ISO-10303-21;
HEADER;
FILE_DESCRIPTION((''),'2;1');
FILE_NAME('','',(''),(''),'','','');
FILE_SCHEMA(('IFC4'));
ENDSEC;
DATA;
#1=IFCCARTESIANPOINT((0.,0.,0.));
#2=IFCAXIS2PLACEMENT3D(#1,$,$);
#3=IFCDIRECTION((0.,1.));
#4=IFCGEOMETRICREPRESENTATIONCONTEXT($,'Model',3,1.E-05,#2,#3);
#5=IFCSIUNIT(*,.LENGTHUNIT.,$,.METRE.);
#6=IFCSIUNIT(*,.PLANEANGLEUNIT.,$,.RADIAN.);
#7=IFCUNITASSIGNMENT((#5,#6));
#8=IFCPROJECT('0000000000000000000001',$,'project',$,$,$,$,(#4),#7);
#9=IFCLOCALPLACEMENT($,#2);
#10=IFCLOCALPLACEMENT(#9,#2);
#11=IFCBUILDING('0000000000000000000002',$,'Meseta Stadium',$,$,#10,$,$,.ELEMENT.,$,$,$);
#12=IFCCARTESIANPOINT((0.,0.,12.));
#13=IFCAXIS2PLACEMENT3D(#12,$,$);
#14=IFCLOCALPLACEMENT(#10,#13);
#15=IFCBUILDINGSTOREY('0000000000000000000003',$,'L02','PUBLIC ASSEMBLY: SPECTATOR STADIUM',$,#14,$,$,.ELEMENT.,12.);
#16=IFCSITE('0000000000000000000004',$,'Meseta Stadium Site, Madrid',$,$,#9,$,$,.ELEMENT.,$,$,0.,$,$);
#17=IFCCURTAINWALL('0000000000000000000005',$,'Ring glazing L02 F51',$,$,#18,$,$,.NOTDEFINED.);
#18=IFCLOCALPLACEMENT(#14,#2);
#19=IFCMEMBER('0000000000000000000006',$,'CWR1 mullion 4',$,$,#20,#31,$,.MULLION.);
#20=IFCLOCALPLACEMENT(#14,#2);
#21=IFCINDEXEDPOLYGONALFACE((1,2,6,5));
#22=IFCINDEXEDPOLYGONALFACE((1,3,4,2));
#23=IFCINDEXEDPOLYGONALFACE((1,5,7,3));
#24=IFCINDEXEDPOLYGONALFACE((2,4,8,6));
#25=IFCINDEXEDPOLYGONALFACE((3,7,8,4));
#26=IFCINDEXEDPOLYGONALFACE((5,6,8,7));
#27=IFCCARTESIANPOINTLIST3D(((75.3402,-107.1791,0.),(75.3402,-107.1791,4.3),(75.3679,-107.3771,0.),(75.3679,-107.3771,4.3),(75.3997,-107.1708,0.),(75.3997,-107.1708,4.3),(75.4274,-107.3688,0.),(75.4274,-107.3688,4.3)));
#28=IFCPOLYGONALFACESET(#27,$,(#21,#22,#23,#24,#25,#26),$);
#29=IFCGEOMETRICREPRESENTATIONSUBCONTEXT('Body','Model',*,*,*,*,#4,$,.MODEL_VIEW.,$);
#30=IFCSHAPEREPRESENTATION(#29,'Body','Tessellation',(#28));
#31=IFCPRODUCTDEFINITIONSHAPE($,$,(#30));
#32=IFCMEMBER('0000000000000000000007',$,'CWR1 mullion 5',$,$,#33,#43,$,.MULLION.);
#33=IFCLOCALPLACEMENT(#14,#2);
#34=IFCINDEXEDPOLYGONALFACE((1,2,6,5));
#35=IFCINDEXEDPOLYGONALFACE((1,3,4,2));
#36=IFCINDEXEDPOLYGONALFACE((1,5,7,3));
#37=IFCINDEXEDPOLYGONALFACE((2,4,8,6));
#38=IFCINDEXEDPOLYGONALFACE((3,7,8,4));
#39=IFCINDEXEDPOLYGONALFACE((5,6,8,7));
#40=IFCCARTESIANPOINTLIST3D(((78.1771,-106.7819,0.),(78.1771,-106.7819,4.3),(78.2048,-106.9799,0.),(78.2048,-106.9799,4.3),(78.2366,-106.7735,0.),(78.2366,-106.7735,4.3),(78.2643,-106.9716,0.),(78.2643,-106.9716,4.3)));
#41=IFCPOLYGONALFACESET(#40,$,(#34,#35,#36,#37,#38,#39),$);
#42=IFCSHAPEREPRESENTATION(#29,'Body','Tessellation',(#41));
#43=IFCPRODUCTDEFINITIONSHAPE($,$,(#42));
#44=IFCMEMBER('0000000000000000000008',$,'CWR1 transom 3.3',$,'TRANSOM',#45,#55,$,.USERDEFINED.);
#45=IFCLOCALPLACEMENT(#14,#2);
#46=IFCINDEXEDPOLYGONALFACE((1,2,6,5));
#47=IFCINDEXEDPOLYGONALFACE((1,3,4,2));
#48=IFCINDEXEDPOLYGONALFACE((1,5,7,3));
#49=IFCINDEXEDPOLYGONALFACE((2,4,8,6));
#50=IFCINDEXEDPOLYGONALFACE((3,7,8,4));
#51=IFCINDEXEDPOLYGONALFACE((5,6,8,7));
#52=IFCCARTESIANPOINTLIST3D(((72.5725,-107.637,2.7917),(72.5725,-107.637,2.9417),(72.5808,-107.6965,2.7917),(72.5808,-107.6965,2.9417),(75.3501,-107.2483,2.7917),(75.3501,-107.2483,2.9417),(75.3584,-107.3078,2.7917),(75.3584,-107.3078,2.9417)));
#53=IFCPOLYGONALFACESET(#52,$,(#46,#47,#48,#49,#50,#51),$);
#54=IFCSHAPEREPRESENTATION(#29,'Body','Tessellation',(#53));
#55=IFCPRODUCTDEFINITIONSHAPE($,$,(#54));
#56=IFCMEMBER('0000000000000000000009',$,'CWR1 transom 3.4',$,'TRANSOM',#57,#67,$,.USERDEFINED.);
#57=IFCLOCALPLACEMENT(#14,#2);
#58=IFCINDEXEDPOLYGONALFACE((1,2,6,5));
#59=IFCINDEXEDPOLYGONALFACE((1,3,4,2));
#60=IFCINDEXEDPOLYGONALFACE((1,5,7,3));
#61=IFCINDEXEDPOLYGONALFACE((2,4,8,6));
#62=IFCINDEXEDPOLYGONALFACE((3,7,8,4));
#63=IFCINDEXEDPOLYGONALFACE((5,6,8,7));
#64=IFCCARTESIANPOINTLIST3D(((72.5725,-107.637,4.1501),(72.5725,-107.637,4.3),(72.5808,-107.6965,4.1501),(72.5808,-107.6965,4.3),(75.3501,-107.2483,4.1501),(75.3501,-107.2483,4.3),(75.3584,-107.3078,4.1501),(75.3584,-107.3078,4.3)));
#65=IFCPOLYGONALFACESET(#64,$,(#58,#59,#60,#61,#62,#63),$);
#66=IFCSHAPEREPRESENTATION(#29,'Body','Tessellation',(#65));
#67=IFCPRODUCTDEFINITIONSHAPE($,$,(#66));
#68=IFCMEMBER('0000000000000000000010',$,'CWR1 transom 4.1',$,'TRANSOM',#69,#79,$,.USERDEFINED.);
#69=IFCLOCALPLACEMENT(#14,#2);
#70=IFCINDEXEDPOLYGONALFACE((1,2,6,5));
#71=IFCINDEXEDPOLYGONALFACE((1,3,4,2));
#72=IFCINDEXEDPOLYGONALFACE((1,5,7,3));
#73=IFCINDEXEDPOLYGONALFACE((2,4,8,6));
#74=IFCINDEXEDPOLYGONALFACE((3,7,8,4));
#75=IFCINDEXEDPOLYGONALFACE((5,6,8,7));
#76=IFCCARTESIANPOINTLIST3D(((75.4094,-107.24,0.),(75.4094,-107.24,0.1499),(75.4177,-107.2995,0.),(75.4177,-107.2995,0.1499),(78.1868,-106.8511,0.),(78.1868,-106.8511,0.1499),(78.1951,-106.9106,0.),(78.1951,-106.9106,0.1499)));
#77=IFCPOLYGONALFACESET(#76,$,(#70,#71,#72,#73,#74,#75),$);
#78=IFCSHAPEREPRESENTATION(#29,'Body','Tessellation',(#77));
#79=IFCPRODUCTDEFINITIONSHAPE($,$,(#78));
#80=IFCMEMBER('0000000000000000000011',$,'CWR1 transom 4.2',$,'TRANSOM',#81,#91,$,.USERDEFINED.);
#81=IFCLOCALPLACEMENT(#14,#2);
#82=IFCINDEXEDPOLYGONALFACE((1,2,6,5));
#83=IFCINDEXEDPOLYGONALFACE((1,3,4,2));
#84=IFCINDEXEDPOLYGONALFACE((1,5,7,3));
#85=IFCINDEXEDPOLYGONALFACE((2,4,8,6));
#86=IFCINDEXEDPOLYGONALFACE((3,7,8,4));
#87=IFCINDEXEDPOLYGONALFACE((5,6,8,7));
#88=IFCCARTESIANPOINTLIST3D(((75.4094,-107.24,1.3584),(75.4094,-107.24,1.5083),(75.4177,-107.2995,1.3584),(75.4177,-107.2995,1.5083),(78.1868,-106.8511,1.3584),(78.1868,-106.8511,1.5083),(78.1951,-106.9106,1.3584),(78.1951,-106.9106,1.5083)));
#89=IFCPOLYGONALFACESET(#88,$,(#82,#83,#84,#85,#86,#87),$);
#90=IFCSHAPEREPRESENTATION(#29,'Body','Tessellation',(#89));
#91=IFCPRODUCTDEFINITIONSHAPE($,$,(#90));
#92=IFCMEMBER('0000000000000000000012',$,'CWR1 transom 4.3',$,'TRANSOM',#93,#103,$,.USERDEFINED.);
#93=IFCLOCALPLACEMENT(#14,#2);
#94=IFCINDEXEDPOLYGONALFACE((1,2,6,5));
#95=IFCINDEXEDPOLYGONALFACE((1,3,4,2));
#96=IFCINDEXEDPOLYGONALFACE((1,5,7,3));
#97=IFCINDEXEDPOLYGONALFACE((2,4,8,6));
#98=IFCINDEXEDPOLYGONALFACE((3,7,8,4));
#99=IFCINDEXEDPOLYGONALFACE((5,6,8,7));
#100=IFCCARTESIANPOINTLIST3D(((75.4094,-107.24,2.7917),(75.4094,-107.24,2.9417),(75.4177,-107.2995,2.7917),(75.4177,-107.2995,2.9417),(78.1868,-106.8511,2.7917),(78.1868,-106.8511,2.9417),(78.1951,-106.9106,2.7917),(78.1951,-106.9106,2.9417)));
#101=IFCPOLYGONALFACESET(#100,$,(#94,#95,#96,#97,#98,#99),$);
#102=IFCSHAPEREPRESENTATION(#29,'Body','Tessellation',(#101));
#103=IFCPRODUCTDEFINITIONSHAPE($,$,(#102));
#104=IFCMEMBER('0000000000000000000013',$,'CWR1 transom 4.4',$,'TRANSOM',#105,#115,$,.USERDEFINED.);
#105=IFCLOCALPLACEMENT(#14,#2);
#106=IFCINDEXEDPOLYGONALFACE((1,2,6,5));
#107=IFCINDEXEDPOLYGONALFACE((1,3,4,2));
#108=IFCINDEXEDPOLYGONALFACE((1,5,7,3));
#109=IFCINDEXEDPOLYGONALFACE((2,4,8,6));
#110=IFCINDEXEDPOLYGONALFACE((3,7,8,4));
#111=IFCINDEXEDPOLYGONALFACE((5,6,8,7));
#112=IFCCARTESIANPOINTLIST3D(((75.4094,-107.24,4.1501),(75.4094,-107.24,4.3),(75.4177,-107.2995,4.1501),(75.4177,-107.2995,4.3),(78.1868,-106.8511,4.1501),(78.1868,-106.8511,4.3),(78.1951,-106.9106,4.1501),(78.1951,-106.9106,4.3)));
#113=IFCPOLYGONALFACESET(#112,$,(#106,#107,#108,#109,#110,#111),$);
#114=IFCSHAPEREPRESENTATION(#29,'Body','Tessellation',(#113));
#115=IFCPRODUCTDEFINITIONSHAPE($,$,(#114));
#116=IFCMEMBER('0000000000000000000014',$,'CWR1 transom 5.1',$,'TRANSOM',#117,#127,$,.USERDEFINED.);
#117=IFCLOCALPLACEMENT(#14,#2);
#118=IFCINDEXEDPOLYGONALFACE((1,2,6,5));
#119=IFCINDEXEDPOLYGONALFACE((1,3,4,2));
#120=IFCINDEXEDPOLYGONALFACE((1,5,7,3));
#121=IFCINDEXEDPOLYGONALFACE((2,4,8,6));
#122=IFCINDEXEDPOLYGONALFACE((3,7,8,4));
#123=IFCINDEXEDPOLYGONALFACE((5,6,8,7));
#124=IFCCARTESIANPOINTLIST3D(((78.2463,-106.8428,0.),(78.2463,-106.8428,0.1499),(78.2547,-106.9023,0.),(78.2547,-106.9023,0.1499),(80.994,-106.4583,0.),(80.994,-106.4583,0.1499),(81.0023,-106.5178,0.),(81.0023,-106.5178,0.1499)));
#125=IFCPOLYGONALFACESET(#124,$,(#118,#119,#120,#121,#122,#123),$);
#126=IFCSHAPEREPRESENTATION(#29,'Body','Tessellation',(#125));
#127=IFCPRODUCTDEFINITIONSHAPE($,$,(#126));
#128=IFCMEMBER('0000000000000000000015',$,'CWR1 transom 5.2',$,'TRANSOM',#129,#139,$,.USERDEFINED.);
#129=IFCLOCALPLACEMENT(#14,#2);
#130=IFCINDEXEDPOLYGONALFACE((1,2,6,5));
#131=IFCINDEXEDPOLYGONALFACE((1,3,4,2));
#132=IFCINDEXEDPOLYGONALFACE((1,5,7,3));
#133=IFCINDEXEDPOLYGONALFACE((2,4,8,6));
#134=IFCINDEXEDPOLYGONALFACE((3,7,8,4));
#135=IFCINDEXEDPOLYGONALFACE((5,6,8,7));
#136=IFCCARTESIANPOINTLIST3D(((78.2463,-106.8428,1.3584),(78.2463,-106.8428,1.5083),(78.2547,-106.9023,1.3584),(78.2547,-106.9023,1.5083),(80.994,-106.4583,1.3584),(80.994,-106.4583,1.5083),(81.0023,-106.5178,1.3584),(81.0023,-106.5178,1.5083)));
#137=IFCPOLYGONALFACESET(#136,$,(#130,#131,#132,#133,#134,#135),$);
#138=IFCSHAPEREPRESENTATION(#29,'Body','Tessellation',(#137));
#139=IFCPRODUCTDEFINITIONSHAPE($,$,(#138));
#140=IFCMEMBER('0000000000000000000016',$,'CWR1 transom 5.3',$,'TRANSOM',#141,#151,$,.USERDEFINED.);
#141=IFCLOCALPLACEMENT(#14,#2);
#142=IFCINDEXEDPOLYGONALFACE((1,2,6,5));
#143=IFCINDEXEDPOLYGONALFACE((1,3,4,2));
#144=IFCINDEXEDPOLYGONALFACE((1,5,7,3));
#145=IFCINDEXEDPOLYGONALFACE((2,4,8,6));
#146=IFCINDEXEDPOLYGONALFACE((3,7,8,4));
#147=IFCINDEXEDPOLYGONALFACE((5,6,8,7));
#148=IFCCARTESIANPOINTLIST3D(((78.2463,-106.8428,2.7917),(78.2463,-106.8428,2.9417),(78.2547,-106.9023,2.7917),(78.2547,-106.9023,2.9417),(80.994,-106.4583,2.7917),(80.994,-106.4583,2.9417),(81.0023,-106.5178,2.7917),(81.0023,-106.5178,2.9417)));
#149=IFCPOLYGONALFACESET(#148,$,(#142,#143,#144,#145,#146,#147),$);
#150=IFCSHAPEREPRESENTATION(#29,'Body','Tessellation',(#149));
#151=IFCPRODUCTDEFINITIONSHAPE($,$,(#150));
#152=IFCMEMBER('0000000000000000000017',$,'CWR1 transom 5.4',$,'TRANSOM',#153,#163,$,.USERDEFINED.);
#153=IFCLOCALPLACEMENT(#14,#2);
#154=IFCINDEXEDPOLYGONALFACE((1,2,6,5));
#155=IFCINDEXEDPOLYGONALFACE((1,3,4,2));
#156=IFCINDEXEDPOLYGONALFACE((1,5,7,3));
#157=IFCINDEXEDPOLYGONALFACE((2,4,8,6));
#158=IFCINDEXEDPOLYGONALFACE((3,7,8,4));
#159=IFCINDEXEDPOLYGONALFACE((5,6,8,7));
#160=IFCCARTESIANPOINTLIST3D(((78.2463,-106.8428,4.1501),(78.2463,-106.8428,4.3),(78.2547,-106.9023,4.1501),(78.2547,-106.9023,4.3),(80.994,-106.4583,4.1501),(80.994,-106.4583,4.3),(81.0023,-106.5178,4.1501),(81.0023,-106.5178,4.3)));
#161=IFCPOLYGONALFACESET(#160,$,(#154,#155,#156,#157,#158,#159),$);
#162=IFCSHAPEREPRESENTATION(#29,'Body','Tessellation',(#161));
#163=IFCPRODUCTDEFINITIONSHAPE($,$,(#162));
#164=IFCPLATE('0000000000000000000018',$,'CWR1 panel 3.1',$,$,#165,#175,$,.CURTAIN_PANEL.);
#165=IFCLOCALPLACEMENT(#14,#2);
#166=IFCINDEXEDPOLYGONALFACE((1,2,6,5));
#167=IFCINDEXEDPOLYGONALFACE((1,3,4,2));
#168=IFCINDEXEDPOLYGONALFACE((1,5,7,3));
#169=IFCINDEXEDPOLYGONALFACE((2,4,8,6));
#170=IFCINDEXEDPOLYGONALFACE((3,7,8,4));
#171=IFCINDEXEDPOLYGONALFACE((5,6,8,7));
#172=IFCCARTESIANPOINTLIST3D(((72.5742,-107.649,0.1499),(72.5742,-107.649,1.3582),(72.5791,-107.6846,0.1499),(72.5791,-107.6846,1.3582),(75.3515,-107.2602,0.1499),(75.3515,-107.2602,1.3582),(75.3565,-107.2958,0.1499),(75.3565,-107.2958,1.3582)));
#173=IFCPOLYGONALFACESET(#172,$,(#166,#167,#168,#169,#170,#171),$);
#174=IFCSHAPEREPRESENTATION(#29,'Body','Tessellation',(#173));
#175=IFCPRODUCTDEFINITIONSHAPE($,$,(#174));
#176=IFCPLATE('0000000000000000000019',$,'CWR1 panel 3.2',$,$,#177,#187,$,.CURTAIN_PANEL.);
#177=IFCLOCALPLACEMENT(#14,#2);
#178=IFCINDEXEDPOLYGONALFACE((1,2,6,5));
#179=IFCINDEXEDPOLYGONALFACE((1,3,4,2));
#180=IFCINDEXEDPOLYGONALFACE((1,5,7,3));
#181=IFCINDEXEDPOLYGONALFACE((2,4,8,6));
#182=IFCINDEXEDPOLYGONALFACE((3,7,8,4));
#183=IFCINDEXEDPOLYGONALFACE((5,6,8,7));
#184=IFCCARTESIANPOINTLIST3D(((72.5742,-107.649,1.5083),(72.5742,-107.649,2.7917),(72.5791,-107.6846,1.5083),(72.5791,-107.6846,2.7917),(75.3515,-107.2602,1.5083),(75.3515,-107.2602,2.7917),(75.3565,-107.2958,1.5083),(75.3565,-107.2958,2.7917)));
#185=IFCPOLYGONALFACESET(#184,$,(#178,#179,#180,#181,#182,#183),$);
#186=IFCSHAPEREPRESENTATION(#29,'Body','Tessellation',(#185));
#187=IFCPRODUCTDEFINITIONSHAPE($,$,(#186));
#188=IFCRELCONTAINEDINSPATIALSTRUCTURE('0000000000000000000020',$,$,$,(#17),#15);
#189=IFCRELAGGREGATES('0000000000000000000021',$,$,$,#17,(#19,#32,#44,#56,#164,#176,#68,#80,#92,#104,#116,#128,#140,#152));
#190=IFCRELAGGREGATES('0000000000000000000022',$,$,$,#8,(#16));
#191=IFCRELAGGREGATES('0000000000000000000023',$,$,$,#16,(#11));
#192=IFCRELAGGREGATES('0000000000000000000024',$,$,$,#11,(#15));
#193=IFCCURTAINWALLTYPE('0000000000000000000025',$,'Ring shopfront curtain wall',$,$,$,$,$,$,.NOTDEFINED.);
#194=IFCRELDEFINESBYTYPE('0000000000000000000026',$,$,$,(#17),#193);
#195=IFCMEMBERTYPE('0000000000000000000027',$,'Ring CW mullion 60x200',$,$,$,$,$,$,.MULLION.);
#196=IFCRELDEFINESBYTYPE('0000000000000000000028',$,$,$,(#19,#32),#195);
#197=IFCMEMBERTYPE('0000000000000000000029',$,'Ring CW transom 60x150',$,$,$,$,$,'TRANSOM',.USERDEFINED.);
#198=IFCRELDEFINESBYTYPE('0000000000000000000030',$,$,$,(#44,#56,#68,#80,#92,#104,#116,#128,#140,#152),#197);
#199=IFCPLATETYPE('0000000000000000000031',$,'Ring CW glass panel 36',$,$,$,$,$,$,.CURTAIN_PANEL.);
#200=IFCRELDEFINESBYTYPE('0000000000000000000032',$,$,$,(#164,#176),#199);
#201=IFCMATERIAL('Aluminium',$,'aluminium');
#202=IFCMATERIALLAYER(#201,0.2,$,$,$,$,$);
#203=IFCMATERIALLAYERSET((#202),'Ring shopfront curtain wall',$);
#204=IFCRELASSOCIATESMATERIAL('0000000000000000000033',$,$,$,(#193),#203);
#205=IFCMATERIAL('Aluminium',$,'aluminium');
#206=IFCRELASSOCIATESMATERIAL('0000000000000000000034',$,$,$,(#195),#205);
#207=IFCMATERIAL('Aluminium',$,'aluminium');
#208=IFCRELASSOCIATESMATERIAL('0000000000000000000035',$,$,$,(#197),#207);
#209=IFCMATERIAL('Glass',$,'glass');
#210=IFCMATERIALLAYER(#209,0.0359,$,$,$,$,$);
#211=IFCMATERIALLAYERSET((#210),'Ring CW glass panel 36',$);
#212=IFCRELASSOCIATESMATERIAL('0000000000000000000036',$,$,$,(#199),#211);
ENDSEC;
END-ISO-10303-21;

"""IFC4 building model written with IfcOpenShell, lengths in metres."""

from ifc_helpers import new_model, si_unit, direction, frame, origin, origin_2d, place, context, subcontext, project, spatial, rectangle, extrude, material, layer, layer_set, material_profile, profile_set, type_object, element, aggregate, save


model = new_model("IFC4")

# Units and contexts
model_context = context("Model", 3, precision=1e-05, world=origin(), true_north=direction((0.0, 1.0)))
body_context = subcontext(model_context, "Body", "Model", "MODEL_VIEW")
ifc_project = project(units=[si_unit("LENGTHUNIT", "METRE"), si_unit("PLANEANGLEUNIT", "RADIAN")], contexts=[model_context])

# Site, building, storey
site_placement = place(None, origin())
site = spatial("IfcSite", under=ifc_project, at=site_placement, Name="Meseta Stadium Site, Madrid", CompositionType="ELEMENT", RefElevation=0.0)
building_placement = place(site_placement, origin())
building = spatial("IfcBuilding", under=site, at=building_placement, Name="Meseta Stadium", CompositionType="ELEMENT")
storey_placement = place(building_placement, frame((0.0, 0.0, 12.0)))
storey = spatial("IfcBuildingStorey", under=building, at=storey_placement, Name="L02", Description="PUBLIC ASSEMBLY: SPECTATOR STADIUM", CompositionType="ELEMENT", Elevation=12.0)

# Curtain wall, members, plates
ifc_material_1 = material(Name="Aluminium", Category="aluminium")
ifc_layer_1 = layer(ifc_material_1, 0.2)
ifc_layer_set_1 = layer_set([ifc_layer_1], Name="Ring shopfront curtain wall")
curtain_wall_type = type_object("IfcCurtainWallType", Name="Ring shopfront curtain wall", PredefinedType="NOTDEFINED", material=ifc_layer_set_1)
curtain_wall_placement = place(storey_placement, origin())
curtain_wall = element("IfcCurtainWall", 1, at=curtain_wall_placement, inside=storey, type_object=curtain_wall_type, Name="Ring glazing L02 F51", PredefinedType="NOTDEFINED")
ifc_material_2 = material(Name="Aluminium", Category="aluminium")
ifc_material_profile_1 = material_profile(ifc_material_2, rectangle(XDim=0.2, YDim=0.0601, at=origin_2d()), Name="CW 200x60")
ifc_profile_set_1 = profile_set([ifc_material_profile_1], Name="Aluminium")
member_type_1 = type_object("IfcMemberType", Name="Ring CW mullion 60x200", PredefinedType="MULLION", material=ifc_profile_set_1)
member_1_placement = place(storey_placement, frame((75.3838, -107.2739, 0.0), z_axis=(0.0, 0.0, 1.0), x_axis=(-0.138643, 0.990342, 0.0)))
member_1 = element("IfcMember", 2, at=member_1_placement, type_object=member_type_1, Name="CWR1 mullion 4", PredefinedType="MULLION", context=body_context, shape_type="SweptSolid", body=[
    extrude(rectangle(XDim=0.2, YDim=0.0601, at=origin_2d()), origin(), (0.0, 0.0, 1.0), 4.3),
])
member_2_placement = place(storey_placement, frame((78.2207, -106.8767, 0.0), z_axis=(0.0, 0.0, 1.0), x_axis=(-0.138643, 0.990342, 0.0)))
member_2 = element("IfcMember", 3, at=member_2_placement, type_object=member_type_1, Name="CWR1 mullion 5", PredefinedType="MULLION", context=body_context, shape_type="SweptSolid", body=[
    extrude(rectangle(XDim=0.2, YDim=0.0601, at=origin_2d()), origin(), (0.0, 0.0, 1.0), 4.3),
])
ifc_material_3 = material(Name="Aluminium", Category="aluminium")
ifc_material_profile_2 = material_profile(ifc_material_3, rectangle(XDim=0.0601, YDim=0.1499, at=origin_2d()), Name="CW 60x150")
ifc_profile_set_2 = profile_set([ifc_material_profile_2], Name="Aluminium")
member_type_2 = type_object("IfcMemberType", Name="Ring CW transom 60x150", ElementType="TRANSOM", PredefinedType="USERDEFINED", material=ifc_profile_set_2)
member_3_placement = place(storey_placement, frame((72.5767, -107.6667, 2.8667), z_axis=(0.990351, 0.138581, 0.0), x_axis=(-0.138581, 0.990351, 0.0)))
member_3 = element("IfcMember", 4, at=member_3_placement, type_object=member_type_2, Name="CWR1 transom 3.3", ObjectType="TRANSOM", PredefinedType="USERDEFINED", context=body_context, shape_type="SweptSolid", body=[
    extrude(rectangle(XDim=0.0601, YDim=0.1499, at=origin_2d()), origin(), (0.0, 0.0, 1.0), 2.8047),
])
member_4_placement = place(storey_placement, frame((72.5767, -107.6667, 4.2251), z_axis=(0.990351, 0.138581, 0.0), x_axis=(-0.138581, 0.990351, 0.0)))
member_4 = element("IfcMember", 5, at=member_4_placement, type_object=member_type_2, Name="CWR1 transom 3.4", ObjectType="TRANSOM", PredefinedType="USERDEFINED", context=body_context, shape_type="SweptSolid", body=[
    extrude(rectangle(XDim=0.0601, YDim=0.1499, at=origin_2d()), origin(), (0.0, 0.0, 1.0), 2.8047),
])
member_5_placement = place(storey_placement, frame((75.4136, -107.2698, 0.075), z_axis=(0.990337, 0.138679, 0.0), x_axis=(-0.138679, 0.990337, 0.0)))
member_5 = element("IfcMember", 6, at=member_5_placement, type_object=member_type_2, Name="CWR1 transom 4.1", ObjectType="TRANSOM", PredefinedType="USERDEFINED", context=body_context, shape_type="SweptSolid", body=[
    extrude(rectangle(XDim=0.0601, YDim=0.1499, at=origin_2d()), origin(), (0.0, 0.0, 1.0), 2.8044),
])
member_6_placement = place(storey_placement, frame((75.4136, -107.2698, 1.4333), z_axis=(0.990337, 0.138679, 0.0), x_axis=(-0.138679, 0.990337, 0.0)))
member_6 = element("IfcMember", 7, at=member_6_placement, type_object=member_type_2, Name="CWR1 transom 4.2", ObjectType="TRANSOM", PredefinedType="USERDEFINED", context=body_context, shape_type="SweptSolid", body=[
    extrude(rectangle(XDim=0.0601, YDim=0.1499, at=origin_2d()), origin(), (0.0, 0.0, 1.0), 2.8044),
])
member_7_placement = place(storey_placement, frame((75.4136, -107.2698, 2.8667), z_axis=(0.990337, 0.138679, 0.0), x_axis=(-0.138679, 0.990337, 0.0)))
member_7 = element("IfcMember", 8, at=member_7_placement, type_object=member_type_2, Name="CWR1 transom 4.3", ObjectType="TRANSOM", PredefinedType="USERDEFINED", context=body_context, shape_type="SweptSolid", body=[
    extrude(rectangle(XDim=0.0601, YDim=0.1499, at=origin_2d()), origin(), (0.0, 0.0, 1.0), 2.8044),
])
member_8_placement = place(storey_placement, frame((75.4136, -107.2698, 4.2251), z_axis=(0.990337, 0.138679, 0.0), x_axis=(-0.138679, 0.990337, 0.0)))
member_8 = element("IfcMember", 9, at=member_8_placement, type_object=member_type_2, Name="CWR1 transom 4.4", ObjectType="TRANSOM", PredefinedType="USERDEFINED", context=body_context, shape_type="SweptSolid", body=[
    extrude(rectangle(XDim=0.0601, YDim=0.1499, at=origin_2d()), origin(), (0.0, 0.0, 1.0), 2.8044),
])
member_9_placement = place(storey_placement, frame((78.2505, -106.8726, 0.075), z_axis=(0.990349, 0.1386, 0.0), x_axis=(-0.1386, 0.990349, 0.0)))
member_9 = element("IfcMember", 10, at=member_9_placement, type_object=member_type_2, Name="CWR1 transom 5.1", ObjectType="TRANSOM", PredefinedType="USERDEFINED", context=body_context, shape_type="SweptSolid", body=[
    extrude(rectangle(XDim=0.0601, YDim=0.1499, at=origin_2d()), origin(), (0.0, 0.0, 1.0), 2.7744),
])
member_10_placement = place(storey_placement, frame((78.2505, -106.8726, 1.4333), z_axis=(0.990349, 0.1386, 0.0), x_axis=(-0.1386, 0.990349, 0.0)))
member_10 = element("IfcMember", 11, at=member_10_placement, type_object=member_type_2, Name="CWR1 transom 5.2", ObjectType="TRANSOM", PredefinedType="USERDEFINED", context=body_context, shape_type="SweptSolid", body=[
    extrude(rectangle(XDim=0.0601, YDim=0.1499, at=origin_2d()), origin(), (0.0, 0.0, 1.0), 2.7744),
])
member_11_placement = place(storey_placement, frame((78.2505, -106.8726, 2.8667), z_axis=(0.990349, 0.1386, 0.0), x_axis=(-0.1386, 0.990349, 0.0)))
member_11 = element("IfcMember", 12, at=member_11_placement, type_object=member_type_2, Name="CWR1 transom 5.3", ObjectType="TRANSOM", PredefinedType="USERDEFINED", context=body_context, shape_type="SweptSolid", body=[
    extrude(rectangle(XDim=0.0601, YDim=0.1499, at=origin_2d()), origin(), (0.0, 0.0, 1.0), 2.7744),
])
member_12_placement = place(storey_placement, frame((78.2505, -106.8726, 4.2251), z_axis=(0.990349, 0.1386, 0.0), x_axis=(-0.1386, 0.990349, 0.0)))
member_12 = element("IfcMember", 13, at=member_12_placement, type_object=member_type_2, Name="CWR1 transom 5.4", ObjectType="TRANSOM", PredefinedType="USERDEFINED", context=body_context, shape_type="SweptSolid", body=[
    extrude(rectangle(XDim=0.0601, YDim=0.1499, at=origin_2d()), origin(), (0.0, 0.0, 1.0), 2.7744),
])
ifc_material_4 = material(Name="Glass", Category="glass")
ifc_layer_2 = layer(ifc_material_4, 0.0359)
ifc_layer_set_2 = layer_set([ifc_layer_2], Name="Ring CW glass panel 36")
plate_type_1 = type_object("IfcPlateType", Name="Ring CW glass panel 36", PredefinedType="CURTAIN_PANEL", material=ifc_layer_set_2)
plate_1_placement = place(storey_placement, frame((73.9653, -107.4724, 0.1499), z_axis=(0.0, 0.0, 1.0), x_axis=(0.990342, 0.138643, 0.0)))
plate_1 = element("IfcPlate", 14, at=plate_1_placement, type_object=plate_type_1, Name="CWR1 panel 3.1", PredefinedType="CURTAIN_PANEL", context=body_context, shape_type="SweptSolid", body=[
    extrude(rectangle(XDim=2.8044, YDim=0.0359, at=origin_2d()), origin(), (0.0, 0.0, 1.0), 1.2083),
])
plate_2_placement = place(storey_placement, frame((73.9653, -107.4724, 1.5083), z_axis=(0.0, 0.0, 1.0), x_axis=(0.990342, 0.138643, 0.0)))
plate_2 = element("IfcPlate", 15, at=plate_2_placement, type_object=plate_type_1, Name="CWR1 panel 3.2", PredefinedType="CURTAIN_PANEL", context=body_context, shape_type="SweptSolid", body=[
    extrude(rectangle(XDim=2.8044, YDim=0.0359, at=origin_2d()), origin(), (0.0, 0.0, 1.0), 1.2834),
])
aggregate(curtain_wall, [member_1, member_2, member_3, member_4, plate_1, plate_2, member_5, member_6, member_7, member_8, member_9, member_10, member_11, member_12])

save(model, "model.ifc")
